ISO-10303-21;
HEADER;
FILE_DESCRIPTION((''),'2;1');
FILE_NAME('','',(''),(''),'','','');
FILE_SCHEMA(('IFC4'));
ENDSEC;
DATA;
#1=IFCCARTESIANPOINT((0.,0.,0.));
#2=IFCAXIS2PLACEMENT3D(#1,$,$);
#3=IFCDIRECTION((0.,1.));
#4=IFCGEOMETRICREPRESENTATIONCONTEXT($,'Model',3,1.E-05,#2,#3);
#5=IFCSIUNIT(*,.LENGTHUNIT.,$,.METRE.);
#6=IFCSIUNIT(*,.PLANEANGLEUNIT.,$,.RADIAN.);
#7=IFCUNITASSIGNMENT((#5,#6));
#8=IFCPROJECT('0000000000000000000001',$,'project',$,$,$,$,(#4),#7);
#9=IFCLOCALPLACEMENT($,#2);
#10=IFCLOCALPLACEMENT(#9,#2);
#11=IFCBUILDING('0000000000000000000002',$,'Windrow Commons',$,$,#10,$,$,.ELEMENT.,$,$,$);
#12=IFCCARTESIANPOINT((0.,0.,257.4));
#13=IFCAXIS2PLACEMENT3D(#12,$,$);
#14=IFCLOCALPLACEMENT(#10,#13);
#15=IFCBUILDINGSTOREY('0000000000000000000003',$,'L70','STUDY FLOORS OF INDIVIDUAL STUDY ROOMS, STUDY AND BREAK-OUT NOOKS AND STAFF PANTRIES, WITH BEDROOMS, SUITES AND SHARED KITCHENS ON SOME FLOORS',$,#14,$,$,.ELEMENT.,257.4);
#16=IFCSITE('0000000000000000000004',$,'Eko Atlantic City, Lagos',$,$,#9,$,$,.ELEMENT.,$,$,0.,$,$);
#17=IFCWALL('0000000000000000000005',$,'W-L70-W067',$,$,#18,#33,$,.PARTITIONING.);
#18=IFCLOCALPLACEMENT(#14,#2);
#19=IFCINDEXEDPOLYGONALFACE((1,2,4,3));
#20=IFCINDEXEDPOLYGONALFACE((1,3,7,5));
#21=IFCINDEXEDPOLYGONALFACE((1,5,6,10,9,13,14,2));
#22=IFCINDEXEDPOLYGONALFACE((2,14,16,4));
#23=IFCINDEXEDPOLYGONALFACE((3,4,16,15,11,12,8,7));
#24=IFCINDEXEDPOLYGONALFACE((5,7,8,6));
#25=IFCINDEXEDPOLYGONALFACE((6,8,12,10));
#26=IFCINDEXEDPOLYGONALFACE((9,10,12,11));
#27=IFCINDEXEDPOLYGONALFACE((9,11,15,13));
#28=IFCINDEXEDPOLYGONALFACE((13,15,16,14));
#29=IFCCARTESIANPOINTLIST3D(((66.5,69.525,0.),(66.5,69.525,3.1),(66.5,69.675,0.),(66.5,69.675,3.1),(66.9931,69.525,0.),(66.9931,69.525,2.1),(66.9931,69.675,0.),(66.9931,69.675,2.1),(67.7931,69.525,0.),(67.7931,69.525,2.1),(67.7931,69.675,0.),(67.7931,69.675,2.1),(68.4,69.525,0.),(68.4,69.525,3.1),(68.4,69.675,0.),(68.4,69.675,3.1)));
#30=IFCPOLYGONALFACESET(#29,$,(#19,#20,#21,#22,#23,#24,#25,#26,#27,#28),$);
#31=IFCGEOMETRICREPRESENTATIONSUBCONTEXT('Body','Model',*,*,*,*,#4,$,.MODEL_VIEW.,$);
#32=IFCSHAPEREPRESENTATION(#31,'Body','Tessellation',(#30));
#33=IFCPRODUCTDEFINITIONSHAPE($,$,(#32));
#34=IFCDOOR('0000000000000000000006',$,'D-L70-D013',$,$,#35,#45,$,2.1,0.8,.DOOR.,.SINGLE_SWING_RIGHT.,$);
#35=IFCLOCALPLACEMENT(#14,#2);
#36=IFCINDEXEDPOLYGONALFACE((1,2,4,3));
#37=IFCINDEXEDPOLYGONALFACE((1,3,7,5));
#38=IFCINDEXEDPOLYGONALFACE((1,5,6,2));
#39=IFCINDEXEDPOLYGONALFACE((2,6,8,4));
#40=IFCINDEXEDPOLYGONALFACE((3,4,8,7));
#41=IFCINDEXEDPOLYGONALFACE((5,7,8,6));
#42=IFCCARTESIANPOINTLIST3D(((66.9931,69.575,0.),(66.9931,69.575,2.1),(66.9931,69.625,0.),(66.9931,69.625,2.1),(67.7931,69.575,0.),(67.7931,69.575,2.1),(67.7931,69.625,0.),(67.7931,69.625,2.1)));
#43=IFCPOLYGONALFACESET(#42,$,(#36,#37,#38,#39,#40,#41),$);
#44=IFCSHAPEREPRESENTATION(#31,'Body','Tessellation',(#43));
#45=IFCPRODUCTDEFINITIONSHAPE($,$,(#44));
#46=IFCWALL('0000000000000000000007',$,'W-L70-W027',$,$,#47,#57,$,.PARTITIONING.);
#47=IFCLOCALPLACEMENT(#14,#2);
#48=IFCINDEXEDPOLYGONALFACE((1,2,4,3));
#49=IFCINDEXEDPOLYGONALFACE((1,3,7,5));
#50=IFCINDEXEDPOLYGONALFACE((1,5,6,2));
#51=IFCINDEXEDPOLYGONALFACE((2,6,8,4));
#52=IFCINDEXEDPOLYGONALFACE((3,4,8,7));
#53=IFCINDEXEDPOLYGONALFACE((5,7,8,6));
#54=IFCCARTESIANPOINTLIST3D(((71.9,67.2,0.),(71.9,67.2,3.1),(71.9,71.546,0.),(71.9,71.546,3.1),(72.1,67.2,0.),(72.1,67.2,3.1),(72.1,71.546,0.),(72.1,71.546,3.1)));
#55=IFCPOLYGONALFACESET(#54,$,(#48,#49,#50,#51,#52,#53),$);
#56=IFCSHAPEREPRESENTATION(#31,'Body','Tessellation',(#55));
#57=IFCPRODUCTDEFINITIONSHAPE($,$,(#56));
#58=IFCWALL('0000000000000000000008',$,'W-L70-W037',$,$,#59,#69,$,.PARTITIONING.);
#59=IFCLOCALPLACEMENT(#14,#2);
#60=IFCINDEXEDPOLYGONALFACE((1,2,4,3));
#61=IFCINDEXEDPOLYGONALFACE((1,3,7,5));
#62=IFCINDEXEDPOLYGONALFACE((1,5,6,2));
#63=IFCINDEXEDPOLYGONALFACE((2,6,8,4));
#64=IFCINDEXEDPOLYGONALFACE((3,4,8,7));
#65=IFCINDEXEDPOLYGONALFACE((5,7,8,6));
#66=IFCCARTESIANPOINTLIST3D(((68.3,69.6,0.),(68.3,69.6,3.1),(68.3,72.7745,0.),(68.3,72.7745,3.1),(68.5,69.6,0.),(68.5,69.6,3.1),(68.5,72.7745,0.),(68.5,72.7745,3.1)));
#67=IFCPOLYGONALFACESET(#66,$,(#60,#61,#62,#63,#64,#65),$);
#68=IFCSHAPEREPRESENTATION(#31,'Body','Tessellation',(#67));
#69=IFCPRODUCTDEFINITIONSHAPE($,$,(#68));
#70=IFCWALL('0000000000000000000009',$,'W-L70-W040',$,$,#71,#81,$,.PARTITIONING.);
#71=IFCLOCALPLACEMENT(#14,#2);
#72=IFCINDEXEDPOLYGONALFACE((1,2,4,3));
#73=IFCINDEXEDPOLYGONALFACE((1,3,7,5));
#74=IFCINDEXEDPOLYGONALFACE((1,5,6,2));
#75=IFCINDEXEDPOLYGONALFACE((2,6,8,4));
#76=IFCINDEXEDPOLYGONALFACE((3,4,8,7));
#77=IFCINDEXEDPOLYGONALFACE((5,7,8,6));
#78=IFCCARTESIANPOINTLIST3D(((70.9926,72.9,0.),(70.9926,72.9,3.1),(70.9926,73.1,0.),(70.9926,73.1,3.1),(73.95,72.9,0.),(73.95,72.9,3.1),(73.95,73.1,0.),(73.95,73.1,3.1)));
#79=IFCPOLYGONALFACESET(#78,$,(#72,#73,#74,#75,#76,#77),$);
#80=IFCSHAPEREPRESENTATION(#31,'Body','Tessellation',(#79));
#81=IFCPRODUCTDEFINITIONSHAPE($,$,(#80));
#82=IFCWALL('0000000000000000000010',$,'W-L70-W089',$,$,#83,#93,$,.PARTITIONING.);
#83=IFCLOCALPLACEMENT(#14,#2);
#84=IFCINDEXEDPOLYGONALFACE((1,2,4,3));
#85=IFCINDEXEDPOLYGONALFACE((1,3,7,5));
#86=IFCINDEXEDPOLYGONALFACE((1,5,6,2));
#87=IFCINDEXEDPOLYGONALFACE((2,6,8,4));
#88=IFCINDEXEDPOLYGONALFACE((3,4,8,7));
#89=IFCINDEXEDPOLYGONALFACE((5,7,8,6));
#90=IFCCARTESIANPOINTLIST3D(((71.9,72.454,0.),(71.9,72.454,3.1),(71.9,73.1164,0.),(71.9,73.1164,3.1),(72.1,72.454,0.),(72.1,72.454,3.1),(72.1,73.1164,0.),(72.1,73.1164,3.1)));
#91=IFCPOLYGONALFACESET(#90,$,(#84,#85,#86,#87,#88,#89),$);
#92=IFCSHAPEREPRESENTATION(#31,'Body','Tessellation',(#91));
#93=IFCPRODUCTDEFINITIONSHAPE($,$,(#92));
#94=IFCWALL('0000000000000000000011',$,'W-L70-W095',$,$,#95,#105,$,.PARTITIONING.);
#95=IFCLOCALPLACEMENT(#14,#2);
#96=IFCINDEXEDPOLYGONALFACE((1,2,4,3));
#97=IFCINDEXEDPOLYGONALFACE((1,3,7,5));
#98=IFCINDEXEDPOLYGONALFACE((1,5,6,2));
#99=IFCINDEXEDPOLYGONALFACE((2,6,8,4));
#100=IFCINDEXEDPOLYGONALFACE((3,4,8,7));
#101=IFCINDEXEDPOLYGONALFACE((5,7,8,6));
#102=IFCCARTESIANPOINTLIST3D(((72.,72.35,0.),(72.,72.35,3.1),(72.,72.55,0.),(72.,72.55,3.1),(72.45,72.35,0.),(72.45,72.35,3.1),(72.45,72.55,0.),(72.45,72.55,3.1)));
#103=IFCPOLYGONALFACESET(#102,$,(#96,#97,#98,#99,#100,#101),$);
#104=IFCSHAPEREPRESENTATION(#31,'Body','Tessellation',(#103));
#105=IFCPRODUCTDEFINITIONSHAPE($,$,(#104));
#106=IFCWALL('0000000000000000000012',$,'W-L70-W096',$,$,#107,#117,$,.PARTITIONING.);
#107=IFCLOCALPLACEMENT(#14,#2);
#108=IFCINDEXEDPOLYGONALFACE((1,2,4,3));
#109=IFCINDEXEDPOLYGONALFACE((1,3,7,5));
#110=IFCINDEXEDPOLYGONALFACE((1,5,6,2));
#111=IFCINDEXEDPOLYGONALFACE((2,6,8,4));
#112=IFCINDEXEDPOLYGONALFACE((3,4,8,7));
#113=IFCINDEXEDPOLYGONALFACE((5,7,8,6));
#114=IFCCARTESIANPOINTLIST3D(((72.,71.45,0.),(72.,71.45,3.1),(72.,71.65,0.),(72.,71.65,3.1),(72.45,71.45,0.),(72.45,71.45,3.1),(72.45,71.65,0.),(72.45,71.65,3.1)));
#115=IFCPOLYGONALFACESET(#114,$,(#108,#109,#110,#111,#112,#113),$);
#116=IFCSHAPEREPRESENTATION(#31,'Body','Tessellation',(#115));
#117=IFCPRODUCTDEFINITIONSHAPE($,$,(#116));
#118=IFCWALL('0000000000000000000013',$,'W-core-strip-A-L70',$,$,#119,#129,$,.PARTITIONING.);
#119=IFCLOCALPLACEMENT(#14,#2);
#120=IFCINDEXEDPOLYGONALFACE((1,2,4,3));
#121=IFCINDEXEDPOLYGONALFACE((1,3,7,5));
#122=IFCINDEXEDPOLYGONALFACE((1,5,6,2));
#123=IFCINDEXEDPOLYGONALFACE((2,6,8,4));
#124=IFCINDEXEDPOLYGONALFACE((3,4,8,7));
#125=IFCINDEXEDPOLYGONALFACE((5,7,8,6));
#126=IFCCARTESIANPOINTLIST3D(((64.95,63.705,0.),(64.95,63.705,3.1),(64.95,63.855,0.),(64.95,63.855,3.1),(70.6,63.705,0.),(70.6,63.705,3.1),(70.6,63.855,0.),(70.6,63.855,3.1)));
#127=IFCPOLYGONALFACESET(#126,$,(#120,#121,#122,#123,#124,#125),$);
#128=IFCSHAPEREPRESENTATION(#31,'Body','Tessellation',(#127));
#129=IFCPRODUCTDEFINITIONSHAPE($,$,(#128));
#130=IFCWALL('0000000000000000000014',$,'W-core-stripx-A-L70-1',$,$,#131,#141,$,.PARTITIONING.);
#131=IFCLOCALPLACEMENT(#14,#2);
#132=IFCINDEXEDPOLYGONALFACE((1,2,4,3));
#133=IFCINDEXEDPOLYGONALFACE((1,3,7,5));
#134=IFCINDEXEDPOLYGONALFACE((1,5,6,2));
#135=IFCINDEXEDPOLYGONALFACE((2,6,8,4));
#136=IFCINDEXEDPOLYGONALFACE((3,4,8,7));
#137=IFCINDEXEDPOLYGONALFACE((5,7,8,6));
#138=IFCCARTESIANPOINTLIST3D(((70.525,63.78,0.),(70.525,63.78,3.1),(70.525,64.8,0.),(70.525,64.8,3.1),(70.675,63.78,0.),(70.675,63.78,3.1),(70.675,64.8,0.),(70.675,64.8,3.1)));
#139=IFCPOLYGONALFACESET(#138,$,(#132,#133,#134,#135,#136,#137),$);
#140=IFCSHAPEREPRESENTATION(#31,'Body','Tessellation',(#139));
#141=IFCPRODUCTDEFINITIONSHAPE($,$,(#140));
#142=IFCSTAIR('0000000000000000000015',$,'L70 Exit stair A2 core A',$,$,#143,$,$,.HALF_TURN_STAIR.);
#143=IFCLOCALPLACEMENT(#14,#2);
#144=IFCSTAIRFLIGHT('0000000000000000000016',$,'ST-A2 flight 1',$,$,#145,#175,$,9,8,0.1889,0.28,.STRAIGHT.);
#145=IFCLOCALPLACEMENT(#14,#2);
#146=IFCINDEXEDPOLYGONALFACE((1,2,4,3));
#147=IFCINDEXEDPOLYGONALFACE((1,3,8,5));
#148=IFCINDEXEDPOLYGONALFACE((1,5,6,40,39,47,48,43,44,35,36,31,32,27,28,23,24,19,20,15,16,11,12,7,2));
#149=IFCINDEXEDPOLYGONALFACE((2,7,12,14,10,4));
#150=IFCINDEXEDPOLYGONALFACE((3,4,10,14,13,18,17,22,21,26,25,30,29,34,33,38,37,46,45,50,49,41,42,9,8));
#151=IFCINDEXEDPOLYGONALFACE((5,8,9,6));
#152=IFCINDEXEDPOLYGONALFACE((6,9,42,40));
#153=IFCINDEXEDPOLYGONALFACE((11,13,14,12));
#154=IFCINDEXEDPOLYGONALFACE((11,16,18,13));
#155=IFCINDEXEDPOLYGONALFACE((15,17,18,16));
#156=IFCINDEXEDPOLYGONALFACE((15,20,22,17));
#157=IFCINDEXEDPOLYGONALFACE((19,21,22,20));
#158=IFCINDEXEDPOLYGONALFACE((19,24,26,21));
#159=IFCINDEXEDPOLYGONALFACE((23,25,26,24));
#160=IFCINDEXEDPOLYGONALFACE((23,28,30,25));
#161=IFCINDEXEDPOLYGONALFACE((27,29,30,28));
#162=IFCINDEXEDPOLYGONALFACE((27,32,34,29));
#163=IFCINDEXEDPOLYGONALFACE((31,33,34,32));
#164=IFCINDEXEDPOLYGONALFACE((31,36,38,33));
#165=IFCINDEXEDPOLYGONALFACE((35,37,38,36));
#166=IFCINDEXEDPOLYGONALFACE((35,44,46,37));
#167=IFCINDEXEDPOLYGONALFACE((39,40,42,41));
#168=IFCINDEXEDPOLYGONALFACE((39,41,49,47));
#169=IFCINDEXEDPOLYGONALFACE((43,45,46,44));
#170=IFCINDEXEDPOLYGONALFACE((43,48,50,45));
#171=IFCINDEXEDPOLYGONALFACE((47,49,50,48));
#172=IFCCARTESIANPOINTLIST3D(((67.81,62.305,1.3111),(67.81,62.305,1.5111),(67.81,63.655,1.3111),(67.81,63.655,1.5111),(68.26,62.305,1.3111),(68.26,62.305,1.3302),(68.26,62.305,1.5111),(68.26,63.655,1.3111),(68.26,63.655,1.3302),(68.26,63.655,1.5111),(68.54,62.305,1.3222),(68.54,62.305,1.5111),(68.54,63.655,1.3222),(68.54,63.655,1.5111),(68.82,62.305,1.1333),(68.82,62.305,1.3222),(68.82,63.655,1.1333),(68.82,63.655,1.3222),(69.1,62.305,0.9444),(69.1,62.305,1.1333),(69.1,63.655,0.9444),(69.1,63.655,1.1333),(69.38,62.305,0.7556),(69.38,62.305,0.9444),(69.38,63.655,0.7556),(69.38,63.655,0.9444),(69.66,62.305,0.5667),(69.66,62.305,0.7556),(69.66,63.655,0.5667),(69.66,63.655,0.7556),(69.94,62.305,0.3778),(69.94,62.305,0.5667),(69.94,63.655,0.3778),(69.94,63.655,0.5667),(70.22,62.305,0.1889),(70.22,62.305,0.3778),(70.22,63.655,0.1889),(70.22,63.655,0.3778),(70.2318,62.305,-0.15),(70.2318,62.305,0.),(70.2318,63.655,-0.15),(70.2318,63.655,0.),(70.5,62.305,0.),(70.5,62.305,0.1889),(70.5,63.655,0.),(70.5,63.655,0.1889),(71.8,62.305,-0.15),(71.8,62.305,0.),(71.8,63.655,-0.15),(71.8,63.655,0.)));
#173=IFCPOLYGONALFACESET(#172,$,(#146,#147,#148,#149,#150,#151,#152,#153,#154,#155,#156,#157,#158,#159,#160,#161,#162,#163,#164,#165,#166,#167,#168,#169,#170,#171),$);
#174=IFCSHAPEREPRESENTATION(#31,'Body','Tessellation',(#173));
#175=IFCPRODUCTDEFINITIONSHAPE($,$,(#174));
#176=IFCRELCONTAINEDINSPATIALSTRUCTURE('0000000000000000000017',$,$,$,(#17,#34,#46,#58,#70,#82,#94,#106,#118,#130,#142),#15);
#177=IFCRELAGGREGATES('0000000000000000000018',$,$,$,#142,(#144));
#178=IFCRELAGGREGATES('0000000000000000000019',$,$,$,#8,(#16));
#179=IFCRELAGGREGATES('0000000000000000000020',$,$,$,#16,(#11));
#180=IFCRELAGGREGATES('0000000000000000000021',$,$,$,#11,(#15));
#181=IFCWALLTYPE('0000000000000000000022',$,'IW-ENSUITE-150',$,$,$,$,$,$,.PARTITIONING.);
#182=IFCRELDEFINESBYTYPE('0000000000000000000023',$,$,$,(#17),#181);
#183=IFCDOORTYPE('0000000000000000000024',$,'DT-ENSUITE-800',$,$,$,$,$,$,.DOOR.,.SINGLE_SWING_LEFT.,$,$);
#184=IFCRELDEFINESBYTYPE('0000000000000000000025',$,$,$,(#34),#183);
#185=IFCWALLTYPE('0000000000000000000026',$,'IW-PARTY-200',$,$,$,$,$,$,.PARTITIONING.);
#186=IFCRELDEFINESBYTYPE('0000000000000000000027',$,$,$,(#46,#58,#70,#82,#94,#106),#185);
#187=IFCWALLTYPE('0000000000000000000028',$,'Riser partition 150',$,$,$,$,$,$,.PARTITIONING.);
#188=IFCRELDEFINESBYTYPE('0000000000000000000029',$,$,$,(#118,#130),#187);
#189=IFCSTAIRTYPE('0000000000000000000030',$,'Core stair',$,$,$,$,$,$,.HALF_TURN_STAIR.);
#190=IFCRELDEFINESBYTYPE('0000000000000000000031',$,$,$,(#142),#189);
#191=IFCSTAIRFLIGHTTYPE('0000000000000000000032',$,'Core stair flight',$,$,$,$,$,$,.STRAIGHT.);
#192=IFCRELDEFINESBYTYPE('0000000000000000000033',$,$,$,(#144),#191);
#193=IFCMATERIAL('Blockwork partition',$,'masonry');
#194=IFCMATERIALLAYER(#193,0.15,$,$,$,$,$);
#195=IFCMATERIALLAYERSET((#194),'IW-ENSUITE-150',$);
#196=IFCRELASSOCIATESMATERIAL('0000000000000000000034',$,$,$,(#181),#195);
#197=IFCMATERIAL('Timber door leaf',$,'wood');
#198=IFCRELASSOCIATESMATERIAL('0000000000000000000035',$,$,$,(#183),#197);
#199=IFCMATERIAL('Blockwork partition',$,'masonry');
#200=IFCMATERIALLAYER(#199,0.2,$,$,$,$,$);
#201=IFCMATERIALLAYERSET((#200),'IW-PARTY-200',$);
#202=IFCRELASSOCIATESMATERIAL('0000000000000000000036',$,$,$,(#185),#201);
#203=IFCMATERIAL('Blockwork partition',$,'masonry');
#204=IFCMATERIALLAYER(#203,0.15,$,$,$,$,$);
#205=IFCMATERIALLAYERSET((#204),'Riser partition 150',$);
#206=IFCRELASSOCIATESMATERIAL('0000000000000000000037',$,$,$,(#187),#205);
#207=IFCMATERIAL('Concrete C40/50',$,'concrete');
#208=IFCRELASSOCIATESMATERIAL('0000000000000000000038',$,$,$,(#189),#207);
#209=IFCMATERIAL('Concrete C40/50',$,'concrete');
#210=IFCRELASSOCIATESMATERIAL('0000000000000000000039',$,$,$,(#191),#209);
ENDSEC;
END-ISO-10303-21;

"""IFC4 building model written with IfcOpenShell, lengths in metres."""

from ifc_helpers import new_model, si_unit, direction, frame, frame_2d, origin, place, context, subcontext, project, spatial, polyline, rectangle, outline, extrude, material, layer, layer_set, type_object, element, fill, aggregate, save


model = new_model("IFC4")

# Units and contexts
model_context = context("Model", 3, precision=1e-05, world=origin(), true_north=direction((0.0, 1.0)))
body_context = subcontext(model_context, "Body", "Model", "MODEL_VIEW")
ifc_project = project(units=[si_unit("LENGTHUNIT", "METRE"), si_unit("PLANEANGLEUNIT", "RADIAN")], contexts=[model_context])

# Site, building, storey
site_placement = place(None, origin())
site = spatial("IfcSite", under=ifc_project, at=site_placement, Name="Eko Atlantic City, Lagos", CompositionType="ELEMENT", RefElevation=0.0)
building_placement = place(site_placement, origin())
building = spatial("IfcBuilding", under=site, at=building_placement, Name="Windrow Commons", CompositionType="ELEMENT")
storey_placement = place(building_placement, frame((0.0, 0.0, 257.4)))
storey = spatial("IfcBuildingStorey", under=building, at=storey_placement, Name="L70", Description="STUDY FLOORS OF INDIVIDUAL STUDY ROOMS, STUDY AND BREAK-OUT NOOKS AND STAFF PANTRIES, WITH BEDROOMS, SUITES AND SHARED KITCHENS ON SOME FLOORS", CompositionType="ELEMENT", Elevation=257.4)

# Shared definitions
ifc_material_1 = material(Name="Blockwork partition", Category="masonry")
ifc_layer_1 = layer(ifc_material_1, 0.15)
ifc_layer_set_1 = layer_set([ifc_layer_1], Name="IW-ENSUITE-150")
wall_type_1 = type_object("IfcWallType", Name="IW-ENSUITE-150", PredefinedType="PARTITIONING", material=ifc_layer_set_1)

# Wall, opening, door
wall_1_placement = place(storey_placement, frame((66.5, 69.6, 0.0), z_axis=(0.0, 0.0, 1.0), x_axis=(1.0, 0.0, 0.0)))
wall_1 = element("IfcWall", 1, at=wall_1_placement, inside=storey, type_object=wall_type_1, Name="W-L70-W067", PredefinedType="PARTITIONING", context=body_context, shape_type="SweptSolid", body=[
    extrude(rectangle(XDim=1.9, YDim=0.15, at=frame_2d((0.95, 0.0))), origin(), (0.0, 0.0, 1.0), 3.1),
])
opening_1_placement = place(wall_1_placement, frame((0.4931, 0.0, 0.0)))
opening_1 = element("IfcOpeningElement", 2, at=opening_1_placement, cuts=wall_1, PredefinedType="OPENING", context=body_context, shape_type="SweptSolid", body=[
    extrude(rectangle(XDim=0.8, YDim=2.1, at=frame_2d((0.4, 1.05))), frame((0.0, 0.085, 0.0), z_axis=(0.0, -1.0, 0.0), x_axis=(1.0, 0.0, 0.0)), (0.0, 0.0, 1.0), 0.17),
])
ifc_material_2 = material(Name="Timber door leaf", Category="wood")
door_type = type_object("IfcDoorType", Name="DT-ENSUITE-800", OperationType="SINGLE_SWING_LEFT", PredefinedType="DOOR", material=ifc_material_2)
door_placement = place(opening_1_placement, origin())
door = element("IfcDoor", 3, at=door_placement, inside=storey, type_object=door_type, Name="D-L70-D013", OperationType="SINGLE_SWING_RIGHT", OverallHeight=2.1, OverallWidth=0.8, PredefinedType="DOOR", context=body_context, shape_type="SweptSolid", body=[
    extrude(rectangle(XDim=0.8, YDim=2.1, at=frame_2d((0.4, 1.05))), frame((0.0, 0.025, 0.0), z_axis=(0.0, -1.0, 0.0), x_axis=(1.0, 0.0, 0.0)), (0.0, 0.0, 1.0), 0.05),
])
fill(opening_1, door)

# Walls
ifc_material_3 = material(Name="Blockwork partition", Category="masonry")
ifc_layer_2 = layer(ifc_material_3, 0.2)
ifc_layer_set_2 = layer_set([ifc_layer_2], Name="IW-PARTY-200")
wall_type_2 = type_object("IfcWallType", Name="IW-PARTY-200", PredefinedType="PARTITIONING", material=ifc_layer_set_2)
wall_2_placement = place(storey_placement, frame((72.0, 67.2, 0.0), z_axis=(0.0, 0.0, 1.0), x_axis=(0.0, 1.0, 0.0)))
element("IfcWall", 4, at=wall_2_placement, inside=storey, type_object=wall_type_2, Name="W-L70-W027", PredefinedType="PARTITIONING", context=body_context, shape_type="SweptSolid", body=[
    extrude(rectangle(XDim=4.346, YDim=0.2, at=frame_2d((2.173, 0.0))), origin(), (0.0, 0.0, 1.0), 3.1),
])
wall_3_placement = place(storey_placement, frame((68.4, 69.6, 0.0), z_axis=(0.0, 0.0, 1.0), x_axis=(0.0, 1.0, 0.0)))
element("IfcWall", 5, at=wall_3_placement, inside=storey, type_object=wall_type_2, Name="W-L70-W037", PredefinedType="PARTITIONING", context=body_context, shape_type="SweptSolid", body=[
    extrude(rectangle(XDim=3.1745, YDim=0.2, at=frame_2d((1.5873, 0.0))), origin(), (0.0, 0.0, 1.0), 3.1),
])
wall_4_placement = place(storey_placement, frame((70.9926, 73.0, 0.0), z_axis=(0.0, 0.0, 1.0), x_axis=(1.0, 0.0, 0.0)))
element("IfcWall", 6, at=wall_4_placement, inside=storey, type_object=wall_type_2, Name="W-L70-W040", PredefinedType="PARTITIONING", context=body_context, shape_type="SweptSolid", body=[
    extrude(rectangle(XDim=2.9574, YDim=0.2, at=frame_2d((1.4787, 0.0))), origin(), (0.0, 0.0, 1.0), 3.1),
])
wall_5_placement = place(storey_placement, frame((72.0, 72.454, 0.0), z_axis=(0.0, 0.0, 1.0), x_axis=(0.0, 1.0, 0.0)))
element("IfcWall", 7, at=wall_5_placement, inside=storey, type_object=wall_type_2, Name="W-L70-W089", PredefinedType="PARTITIONING", context=body_context, shape_type="SweptSolid", body=[
    extrude(rectangle(XDim=0.6624, YDim=0.2, at=frame_2d((0.3312, 0.0))), origin(), (0.0, 0.0, 1.0), 3.1),
])
for number, where, z_axis, x_axis, name in (
    (8, (72.0, 72.45, 0.0), (0.0, 0.0, 1.0), (1.0, 0.0, 0.0), "W-L70-W095"),
    (9, (72.0, 71.55, 0.0), (0.0, 0.0, 1.0), (1.0, 0.0, 0.0), "W-L70-W096"),
):
    element("IfcWall", number, at=place(storey_placement, frame(where, z_axis=z_axis, x_axis=x_axis)), inside=storey, type_object=wall_type_2, Name=name, PredefinedType="PARTITIONING", context=body_context, shape_type="SweptSolid", body=[
        extrude(rectangle(XDim=0.45, YDim=0.2, at=frame_2d((0.225, 0.0))), origin(), (0.0, 0.0, 1.0), 3.1),
    ])
ifc_material_4 = material(Name="Blockwork partition", Category="masonry")
ifc_layer_3 = layer(ifc_material_4, 0.15)
ifc_layer_set_3 = layer_set([ifc_layer_3], Name="Riser partition 150")
wall_type_3 = type_object("IfcWallType", Name="Riser partition 150", PredefinedType="PARTITIONING", material=ifc_layer_set_3)
wall_6_placement = place(storey_placement, frame((64.95, 63.78, 0.0), z_axis=(0.0, 0.0, 1.0), x_axis=(1.0, 0.0, 0.0)))
element("IfcWall", 10, at=wall_6_placement, inside=storey, type_object=wall_type_3, Name="W-core-strip-A-L70", PredefinedType="PARTITIONING", context=body_context, shape_type="SweptSolid", body=[
    extrude(rectangle(XDim=5.65, YDim=0.15, at=frame_2d((2.825, 0.0))), origin(), (0.0, 0.0, 1.0), 3.1),
])
wall_7_placement = place(storey_placement, frame((70.6, 63.78, 0.0), z_axis=(0.0, 0.0, 1.0), x_axis=(0.0, 1.0, 0.0)))
element("IfcWall", 11, at=wall_7_placement, inside=storey, type_object=wall_type_3, Name="W-core-stripx-A-L70-1", PredefinedType="PARTITIONING", context=body_context, shape_type="SweptSolid", body=[
    extrude(rectangle(XDim=1.02, YDim=0.15, at=frame_2d((0.51, 0.0))), origin(), (0.0, 0.0, 1.0), 3.1),
])

# Stair, stair flight
ifc_material_5 = material(Name="Concrete C40/50", Category="concrete")
stair_type = type_object("IfcStairType", Name="Core stair", PredefinedType="HALF_TURN_STAIR", material=ifc_material_5)
stair_placement = place(storey_placement, origin())
stair = element("IfcStair", 12, at=stair_placement, inside=storey, type_object=stair_type, Name="L70 Exit stair A2 core A", PredefinedType="HALF_TURN_STAIR")
ifc_material_6 = material(Name="Concrete C40/50", Category="concrete")
stair_flight_type = type_object("IfcStairFlightType", Name="Core stair flight", PredefinedType="STRAIGHT", material=ifc_material_6)
stair_flight_placement = place(storey_placement, frame((70.5, 62.98, 0.0), z_axis=(0.0, 0.0, 1.0), x_axis=(-1.0, 0.0, 0.0)))
stair_flight = element("IfcStairFlight", 13, at=stair_flight_placement, type_object=stair_flight_type, Name="ST-A2 flight 1", NumberOfRisers=9, NumberOfTreads=8, PredefinedType="STRAIGHT", RiserHeight=0.1889, TreadLength=0.28, context=body_context, shape_type="SweptSolid", body=[
    extrude(outline(polyline([(-1.3, -0.15), (-1.3, 0.0), (0.0, 0.0), (0.0, 0.1889), (0.28, 0.1889), (0.28, 0.3778), (0.56, 0.3778), (0.56, 0.5667), (0.84, 0.5667), (0.84, 0.7556), (1.12, 0.7556), (1.12, 0.9444), (1.4, 0.9444), (1.4, 1.1333), (1.68, 1.1333), (1.68, 1.3222), (1.96, 1.3222), (1.96, 1.5111), (2.24, 1.5111), (2.69, 1.5111), (2.69, 1.3111), (2.24, 1.3111), (2.24, 1.3302), (0.2682, 0.0), (0.2682, -0.15), (-1.3, -0.15)])), frame((0.0, 0.675, 0.0), z_axis=(0.0, -1.0, 0.0), x_axis=(1.0, 0.0, 0.0)), (0.0, 0.0, 1.0), 1.35),
])
aggregate(stair, [stair_flight])

save(model, "model.ifc")
